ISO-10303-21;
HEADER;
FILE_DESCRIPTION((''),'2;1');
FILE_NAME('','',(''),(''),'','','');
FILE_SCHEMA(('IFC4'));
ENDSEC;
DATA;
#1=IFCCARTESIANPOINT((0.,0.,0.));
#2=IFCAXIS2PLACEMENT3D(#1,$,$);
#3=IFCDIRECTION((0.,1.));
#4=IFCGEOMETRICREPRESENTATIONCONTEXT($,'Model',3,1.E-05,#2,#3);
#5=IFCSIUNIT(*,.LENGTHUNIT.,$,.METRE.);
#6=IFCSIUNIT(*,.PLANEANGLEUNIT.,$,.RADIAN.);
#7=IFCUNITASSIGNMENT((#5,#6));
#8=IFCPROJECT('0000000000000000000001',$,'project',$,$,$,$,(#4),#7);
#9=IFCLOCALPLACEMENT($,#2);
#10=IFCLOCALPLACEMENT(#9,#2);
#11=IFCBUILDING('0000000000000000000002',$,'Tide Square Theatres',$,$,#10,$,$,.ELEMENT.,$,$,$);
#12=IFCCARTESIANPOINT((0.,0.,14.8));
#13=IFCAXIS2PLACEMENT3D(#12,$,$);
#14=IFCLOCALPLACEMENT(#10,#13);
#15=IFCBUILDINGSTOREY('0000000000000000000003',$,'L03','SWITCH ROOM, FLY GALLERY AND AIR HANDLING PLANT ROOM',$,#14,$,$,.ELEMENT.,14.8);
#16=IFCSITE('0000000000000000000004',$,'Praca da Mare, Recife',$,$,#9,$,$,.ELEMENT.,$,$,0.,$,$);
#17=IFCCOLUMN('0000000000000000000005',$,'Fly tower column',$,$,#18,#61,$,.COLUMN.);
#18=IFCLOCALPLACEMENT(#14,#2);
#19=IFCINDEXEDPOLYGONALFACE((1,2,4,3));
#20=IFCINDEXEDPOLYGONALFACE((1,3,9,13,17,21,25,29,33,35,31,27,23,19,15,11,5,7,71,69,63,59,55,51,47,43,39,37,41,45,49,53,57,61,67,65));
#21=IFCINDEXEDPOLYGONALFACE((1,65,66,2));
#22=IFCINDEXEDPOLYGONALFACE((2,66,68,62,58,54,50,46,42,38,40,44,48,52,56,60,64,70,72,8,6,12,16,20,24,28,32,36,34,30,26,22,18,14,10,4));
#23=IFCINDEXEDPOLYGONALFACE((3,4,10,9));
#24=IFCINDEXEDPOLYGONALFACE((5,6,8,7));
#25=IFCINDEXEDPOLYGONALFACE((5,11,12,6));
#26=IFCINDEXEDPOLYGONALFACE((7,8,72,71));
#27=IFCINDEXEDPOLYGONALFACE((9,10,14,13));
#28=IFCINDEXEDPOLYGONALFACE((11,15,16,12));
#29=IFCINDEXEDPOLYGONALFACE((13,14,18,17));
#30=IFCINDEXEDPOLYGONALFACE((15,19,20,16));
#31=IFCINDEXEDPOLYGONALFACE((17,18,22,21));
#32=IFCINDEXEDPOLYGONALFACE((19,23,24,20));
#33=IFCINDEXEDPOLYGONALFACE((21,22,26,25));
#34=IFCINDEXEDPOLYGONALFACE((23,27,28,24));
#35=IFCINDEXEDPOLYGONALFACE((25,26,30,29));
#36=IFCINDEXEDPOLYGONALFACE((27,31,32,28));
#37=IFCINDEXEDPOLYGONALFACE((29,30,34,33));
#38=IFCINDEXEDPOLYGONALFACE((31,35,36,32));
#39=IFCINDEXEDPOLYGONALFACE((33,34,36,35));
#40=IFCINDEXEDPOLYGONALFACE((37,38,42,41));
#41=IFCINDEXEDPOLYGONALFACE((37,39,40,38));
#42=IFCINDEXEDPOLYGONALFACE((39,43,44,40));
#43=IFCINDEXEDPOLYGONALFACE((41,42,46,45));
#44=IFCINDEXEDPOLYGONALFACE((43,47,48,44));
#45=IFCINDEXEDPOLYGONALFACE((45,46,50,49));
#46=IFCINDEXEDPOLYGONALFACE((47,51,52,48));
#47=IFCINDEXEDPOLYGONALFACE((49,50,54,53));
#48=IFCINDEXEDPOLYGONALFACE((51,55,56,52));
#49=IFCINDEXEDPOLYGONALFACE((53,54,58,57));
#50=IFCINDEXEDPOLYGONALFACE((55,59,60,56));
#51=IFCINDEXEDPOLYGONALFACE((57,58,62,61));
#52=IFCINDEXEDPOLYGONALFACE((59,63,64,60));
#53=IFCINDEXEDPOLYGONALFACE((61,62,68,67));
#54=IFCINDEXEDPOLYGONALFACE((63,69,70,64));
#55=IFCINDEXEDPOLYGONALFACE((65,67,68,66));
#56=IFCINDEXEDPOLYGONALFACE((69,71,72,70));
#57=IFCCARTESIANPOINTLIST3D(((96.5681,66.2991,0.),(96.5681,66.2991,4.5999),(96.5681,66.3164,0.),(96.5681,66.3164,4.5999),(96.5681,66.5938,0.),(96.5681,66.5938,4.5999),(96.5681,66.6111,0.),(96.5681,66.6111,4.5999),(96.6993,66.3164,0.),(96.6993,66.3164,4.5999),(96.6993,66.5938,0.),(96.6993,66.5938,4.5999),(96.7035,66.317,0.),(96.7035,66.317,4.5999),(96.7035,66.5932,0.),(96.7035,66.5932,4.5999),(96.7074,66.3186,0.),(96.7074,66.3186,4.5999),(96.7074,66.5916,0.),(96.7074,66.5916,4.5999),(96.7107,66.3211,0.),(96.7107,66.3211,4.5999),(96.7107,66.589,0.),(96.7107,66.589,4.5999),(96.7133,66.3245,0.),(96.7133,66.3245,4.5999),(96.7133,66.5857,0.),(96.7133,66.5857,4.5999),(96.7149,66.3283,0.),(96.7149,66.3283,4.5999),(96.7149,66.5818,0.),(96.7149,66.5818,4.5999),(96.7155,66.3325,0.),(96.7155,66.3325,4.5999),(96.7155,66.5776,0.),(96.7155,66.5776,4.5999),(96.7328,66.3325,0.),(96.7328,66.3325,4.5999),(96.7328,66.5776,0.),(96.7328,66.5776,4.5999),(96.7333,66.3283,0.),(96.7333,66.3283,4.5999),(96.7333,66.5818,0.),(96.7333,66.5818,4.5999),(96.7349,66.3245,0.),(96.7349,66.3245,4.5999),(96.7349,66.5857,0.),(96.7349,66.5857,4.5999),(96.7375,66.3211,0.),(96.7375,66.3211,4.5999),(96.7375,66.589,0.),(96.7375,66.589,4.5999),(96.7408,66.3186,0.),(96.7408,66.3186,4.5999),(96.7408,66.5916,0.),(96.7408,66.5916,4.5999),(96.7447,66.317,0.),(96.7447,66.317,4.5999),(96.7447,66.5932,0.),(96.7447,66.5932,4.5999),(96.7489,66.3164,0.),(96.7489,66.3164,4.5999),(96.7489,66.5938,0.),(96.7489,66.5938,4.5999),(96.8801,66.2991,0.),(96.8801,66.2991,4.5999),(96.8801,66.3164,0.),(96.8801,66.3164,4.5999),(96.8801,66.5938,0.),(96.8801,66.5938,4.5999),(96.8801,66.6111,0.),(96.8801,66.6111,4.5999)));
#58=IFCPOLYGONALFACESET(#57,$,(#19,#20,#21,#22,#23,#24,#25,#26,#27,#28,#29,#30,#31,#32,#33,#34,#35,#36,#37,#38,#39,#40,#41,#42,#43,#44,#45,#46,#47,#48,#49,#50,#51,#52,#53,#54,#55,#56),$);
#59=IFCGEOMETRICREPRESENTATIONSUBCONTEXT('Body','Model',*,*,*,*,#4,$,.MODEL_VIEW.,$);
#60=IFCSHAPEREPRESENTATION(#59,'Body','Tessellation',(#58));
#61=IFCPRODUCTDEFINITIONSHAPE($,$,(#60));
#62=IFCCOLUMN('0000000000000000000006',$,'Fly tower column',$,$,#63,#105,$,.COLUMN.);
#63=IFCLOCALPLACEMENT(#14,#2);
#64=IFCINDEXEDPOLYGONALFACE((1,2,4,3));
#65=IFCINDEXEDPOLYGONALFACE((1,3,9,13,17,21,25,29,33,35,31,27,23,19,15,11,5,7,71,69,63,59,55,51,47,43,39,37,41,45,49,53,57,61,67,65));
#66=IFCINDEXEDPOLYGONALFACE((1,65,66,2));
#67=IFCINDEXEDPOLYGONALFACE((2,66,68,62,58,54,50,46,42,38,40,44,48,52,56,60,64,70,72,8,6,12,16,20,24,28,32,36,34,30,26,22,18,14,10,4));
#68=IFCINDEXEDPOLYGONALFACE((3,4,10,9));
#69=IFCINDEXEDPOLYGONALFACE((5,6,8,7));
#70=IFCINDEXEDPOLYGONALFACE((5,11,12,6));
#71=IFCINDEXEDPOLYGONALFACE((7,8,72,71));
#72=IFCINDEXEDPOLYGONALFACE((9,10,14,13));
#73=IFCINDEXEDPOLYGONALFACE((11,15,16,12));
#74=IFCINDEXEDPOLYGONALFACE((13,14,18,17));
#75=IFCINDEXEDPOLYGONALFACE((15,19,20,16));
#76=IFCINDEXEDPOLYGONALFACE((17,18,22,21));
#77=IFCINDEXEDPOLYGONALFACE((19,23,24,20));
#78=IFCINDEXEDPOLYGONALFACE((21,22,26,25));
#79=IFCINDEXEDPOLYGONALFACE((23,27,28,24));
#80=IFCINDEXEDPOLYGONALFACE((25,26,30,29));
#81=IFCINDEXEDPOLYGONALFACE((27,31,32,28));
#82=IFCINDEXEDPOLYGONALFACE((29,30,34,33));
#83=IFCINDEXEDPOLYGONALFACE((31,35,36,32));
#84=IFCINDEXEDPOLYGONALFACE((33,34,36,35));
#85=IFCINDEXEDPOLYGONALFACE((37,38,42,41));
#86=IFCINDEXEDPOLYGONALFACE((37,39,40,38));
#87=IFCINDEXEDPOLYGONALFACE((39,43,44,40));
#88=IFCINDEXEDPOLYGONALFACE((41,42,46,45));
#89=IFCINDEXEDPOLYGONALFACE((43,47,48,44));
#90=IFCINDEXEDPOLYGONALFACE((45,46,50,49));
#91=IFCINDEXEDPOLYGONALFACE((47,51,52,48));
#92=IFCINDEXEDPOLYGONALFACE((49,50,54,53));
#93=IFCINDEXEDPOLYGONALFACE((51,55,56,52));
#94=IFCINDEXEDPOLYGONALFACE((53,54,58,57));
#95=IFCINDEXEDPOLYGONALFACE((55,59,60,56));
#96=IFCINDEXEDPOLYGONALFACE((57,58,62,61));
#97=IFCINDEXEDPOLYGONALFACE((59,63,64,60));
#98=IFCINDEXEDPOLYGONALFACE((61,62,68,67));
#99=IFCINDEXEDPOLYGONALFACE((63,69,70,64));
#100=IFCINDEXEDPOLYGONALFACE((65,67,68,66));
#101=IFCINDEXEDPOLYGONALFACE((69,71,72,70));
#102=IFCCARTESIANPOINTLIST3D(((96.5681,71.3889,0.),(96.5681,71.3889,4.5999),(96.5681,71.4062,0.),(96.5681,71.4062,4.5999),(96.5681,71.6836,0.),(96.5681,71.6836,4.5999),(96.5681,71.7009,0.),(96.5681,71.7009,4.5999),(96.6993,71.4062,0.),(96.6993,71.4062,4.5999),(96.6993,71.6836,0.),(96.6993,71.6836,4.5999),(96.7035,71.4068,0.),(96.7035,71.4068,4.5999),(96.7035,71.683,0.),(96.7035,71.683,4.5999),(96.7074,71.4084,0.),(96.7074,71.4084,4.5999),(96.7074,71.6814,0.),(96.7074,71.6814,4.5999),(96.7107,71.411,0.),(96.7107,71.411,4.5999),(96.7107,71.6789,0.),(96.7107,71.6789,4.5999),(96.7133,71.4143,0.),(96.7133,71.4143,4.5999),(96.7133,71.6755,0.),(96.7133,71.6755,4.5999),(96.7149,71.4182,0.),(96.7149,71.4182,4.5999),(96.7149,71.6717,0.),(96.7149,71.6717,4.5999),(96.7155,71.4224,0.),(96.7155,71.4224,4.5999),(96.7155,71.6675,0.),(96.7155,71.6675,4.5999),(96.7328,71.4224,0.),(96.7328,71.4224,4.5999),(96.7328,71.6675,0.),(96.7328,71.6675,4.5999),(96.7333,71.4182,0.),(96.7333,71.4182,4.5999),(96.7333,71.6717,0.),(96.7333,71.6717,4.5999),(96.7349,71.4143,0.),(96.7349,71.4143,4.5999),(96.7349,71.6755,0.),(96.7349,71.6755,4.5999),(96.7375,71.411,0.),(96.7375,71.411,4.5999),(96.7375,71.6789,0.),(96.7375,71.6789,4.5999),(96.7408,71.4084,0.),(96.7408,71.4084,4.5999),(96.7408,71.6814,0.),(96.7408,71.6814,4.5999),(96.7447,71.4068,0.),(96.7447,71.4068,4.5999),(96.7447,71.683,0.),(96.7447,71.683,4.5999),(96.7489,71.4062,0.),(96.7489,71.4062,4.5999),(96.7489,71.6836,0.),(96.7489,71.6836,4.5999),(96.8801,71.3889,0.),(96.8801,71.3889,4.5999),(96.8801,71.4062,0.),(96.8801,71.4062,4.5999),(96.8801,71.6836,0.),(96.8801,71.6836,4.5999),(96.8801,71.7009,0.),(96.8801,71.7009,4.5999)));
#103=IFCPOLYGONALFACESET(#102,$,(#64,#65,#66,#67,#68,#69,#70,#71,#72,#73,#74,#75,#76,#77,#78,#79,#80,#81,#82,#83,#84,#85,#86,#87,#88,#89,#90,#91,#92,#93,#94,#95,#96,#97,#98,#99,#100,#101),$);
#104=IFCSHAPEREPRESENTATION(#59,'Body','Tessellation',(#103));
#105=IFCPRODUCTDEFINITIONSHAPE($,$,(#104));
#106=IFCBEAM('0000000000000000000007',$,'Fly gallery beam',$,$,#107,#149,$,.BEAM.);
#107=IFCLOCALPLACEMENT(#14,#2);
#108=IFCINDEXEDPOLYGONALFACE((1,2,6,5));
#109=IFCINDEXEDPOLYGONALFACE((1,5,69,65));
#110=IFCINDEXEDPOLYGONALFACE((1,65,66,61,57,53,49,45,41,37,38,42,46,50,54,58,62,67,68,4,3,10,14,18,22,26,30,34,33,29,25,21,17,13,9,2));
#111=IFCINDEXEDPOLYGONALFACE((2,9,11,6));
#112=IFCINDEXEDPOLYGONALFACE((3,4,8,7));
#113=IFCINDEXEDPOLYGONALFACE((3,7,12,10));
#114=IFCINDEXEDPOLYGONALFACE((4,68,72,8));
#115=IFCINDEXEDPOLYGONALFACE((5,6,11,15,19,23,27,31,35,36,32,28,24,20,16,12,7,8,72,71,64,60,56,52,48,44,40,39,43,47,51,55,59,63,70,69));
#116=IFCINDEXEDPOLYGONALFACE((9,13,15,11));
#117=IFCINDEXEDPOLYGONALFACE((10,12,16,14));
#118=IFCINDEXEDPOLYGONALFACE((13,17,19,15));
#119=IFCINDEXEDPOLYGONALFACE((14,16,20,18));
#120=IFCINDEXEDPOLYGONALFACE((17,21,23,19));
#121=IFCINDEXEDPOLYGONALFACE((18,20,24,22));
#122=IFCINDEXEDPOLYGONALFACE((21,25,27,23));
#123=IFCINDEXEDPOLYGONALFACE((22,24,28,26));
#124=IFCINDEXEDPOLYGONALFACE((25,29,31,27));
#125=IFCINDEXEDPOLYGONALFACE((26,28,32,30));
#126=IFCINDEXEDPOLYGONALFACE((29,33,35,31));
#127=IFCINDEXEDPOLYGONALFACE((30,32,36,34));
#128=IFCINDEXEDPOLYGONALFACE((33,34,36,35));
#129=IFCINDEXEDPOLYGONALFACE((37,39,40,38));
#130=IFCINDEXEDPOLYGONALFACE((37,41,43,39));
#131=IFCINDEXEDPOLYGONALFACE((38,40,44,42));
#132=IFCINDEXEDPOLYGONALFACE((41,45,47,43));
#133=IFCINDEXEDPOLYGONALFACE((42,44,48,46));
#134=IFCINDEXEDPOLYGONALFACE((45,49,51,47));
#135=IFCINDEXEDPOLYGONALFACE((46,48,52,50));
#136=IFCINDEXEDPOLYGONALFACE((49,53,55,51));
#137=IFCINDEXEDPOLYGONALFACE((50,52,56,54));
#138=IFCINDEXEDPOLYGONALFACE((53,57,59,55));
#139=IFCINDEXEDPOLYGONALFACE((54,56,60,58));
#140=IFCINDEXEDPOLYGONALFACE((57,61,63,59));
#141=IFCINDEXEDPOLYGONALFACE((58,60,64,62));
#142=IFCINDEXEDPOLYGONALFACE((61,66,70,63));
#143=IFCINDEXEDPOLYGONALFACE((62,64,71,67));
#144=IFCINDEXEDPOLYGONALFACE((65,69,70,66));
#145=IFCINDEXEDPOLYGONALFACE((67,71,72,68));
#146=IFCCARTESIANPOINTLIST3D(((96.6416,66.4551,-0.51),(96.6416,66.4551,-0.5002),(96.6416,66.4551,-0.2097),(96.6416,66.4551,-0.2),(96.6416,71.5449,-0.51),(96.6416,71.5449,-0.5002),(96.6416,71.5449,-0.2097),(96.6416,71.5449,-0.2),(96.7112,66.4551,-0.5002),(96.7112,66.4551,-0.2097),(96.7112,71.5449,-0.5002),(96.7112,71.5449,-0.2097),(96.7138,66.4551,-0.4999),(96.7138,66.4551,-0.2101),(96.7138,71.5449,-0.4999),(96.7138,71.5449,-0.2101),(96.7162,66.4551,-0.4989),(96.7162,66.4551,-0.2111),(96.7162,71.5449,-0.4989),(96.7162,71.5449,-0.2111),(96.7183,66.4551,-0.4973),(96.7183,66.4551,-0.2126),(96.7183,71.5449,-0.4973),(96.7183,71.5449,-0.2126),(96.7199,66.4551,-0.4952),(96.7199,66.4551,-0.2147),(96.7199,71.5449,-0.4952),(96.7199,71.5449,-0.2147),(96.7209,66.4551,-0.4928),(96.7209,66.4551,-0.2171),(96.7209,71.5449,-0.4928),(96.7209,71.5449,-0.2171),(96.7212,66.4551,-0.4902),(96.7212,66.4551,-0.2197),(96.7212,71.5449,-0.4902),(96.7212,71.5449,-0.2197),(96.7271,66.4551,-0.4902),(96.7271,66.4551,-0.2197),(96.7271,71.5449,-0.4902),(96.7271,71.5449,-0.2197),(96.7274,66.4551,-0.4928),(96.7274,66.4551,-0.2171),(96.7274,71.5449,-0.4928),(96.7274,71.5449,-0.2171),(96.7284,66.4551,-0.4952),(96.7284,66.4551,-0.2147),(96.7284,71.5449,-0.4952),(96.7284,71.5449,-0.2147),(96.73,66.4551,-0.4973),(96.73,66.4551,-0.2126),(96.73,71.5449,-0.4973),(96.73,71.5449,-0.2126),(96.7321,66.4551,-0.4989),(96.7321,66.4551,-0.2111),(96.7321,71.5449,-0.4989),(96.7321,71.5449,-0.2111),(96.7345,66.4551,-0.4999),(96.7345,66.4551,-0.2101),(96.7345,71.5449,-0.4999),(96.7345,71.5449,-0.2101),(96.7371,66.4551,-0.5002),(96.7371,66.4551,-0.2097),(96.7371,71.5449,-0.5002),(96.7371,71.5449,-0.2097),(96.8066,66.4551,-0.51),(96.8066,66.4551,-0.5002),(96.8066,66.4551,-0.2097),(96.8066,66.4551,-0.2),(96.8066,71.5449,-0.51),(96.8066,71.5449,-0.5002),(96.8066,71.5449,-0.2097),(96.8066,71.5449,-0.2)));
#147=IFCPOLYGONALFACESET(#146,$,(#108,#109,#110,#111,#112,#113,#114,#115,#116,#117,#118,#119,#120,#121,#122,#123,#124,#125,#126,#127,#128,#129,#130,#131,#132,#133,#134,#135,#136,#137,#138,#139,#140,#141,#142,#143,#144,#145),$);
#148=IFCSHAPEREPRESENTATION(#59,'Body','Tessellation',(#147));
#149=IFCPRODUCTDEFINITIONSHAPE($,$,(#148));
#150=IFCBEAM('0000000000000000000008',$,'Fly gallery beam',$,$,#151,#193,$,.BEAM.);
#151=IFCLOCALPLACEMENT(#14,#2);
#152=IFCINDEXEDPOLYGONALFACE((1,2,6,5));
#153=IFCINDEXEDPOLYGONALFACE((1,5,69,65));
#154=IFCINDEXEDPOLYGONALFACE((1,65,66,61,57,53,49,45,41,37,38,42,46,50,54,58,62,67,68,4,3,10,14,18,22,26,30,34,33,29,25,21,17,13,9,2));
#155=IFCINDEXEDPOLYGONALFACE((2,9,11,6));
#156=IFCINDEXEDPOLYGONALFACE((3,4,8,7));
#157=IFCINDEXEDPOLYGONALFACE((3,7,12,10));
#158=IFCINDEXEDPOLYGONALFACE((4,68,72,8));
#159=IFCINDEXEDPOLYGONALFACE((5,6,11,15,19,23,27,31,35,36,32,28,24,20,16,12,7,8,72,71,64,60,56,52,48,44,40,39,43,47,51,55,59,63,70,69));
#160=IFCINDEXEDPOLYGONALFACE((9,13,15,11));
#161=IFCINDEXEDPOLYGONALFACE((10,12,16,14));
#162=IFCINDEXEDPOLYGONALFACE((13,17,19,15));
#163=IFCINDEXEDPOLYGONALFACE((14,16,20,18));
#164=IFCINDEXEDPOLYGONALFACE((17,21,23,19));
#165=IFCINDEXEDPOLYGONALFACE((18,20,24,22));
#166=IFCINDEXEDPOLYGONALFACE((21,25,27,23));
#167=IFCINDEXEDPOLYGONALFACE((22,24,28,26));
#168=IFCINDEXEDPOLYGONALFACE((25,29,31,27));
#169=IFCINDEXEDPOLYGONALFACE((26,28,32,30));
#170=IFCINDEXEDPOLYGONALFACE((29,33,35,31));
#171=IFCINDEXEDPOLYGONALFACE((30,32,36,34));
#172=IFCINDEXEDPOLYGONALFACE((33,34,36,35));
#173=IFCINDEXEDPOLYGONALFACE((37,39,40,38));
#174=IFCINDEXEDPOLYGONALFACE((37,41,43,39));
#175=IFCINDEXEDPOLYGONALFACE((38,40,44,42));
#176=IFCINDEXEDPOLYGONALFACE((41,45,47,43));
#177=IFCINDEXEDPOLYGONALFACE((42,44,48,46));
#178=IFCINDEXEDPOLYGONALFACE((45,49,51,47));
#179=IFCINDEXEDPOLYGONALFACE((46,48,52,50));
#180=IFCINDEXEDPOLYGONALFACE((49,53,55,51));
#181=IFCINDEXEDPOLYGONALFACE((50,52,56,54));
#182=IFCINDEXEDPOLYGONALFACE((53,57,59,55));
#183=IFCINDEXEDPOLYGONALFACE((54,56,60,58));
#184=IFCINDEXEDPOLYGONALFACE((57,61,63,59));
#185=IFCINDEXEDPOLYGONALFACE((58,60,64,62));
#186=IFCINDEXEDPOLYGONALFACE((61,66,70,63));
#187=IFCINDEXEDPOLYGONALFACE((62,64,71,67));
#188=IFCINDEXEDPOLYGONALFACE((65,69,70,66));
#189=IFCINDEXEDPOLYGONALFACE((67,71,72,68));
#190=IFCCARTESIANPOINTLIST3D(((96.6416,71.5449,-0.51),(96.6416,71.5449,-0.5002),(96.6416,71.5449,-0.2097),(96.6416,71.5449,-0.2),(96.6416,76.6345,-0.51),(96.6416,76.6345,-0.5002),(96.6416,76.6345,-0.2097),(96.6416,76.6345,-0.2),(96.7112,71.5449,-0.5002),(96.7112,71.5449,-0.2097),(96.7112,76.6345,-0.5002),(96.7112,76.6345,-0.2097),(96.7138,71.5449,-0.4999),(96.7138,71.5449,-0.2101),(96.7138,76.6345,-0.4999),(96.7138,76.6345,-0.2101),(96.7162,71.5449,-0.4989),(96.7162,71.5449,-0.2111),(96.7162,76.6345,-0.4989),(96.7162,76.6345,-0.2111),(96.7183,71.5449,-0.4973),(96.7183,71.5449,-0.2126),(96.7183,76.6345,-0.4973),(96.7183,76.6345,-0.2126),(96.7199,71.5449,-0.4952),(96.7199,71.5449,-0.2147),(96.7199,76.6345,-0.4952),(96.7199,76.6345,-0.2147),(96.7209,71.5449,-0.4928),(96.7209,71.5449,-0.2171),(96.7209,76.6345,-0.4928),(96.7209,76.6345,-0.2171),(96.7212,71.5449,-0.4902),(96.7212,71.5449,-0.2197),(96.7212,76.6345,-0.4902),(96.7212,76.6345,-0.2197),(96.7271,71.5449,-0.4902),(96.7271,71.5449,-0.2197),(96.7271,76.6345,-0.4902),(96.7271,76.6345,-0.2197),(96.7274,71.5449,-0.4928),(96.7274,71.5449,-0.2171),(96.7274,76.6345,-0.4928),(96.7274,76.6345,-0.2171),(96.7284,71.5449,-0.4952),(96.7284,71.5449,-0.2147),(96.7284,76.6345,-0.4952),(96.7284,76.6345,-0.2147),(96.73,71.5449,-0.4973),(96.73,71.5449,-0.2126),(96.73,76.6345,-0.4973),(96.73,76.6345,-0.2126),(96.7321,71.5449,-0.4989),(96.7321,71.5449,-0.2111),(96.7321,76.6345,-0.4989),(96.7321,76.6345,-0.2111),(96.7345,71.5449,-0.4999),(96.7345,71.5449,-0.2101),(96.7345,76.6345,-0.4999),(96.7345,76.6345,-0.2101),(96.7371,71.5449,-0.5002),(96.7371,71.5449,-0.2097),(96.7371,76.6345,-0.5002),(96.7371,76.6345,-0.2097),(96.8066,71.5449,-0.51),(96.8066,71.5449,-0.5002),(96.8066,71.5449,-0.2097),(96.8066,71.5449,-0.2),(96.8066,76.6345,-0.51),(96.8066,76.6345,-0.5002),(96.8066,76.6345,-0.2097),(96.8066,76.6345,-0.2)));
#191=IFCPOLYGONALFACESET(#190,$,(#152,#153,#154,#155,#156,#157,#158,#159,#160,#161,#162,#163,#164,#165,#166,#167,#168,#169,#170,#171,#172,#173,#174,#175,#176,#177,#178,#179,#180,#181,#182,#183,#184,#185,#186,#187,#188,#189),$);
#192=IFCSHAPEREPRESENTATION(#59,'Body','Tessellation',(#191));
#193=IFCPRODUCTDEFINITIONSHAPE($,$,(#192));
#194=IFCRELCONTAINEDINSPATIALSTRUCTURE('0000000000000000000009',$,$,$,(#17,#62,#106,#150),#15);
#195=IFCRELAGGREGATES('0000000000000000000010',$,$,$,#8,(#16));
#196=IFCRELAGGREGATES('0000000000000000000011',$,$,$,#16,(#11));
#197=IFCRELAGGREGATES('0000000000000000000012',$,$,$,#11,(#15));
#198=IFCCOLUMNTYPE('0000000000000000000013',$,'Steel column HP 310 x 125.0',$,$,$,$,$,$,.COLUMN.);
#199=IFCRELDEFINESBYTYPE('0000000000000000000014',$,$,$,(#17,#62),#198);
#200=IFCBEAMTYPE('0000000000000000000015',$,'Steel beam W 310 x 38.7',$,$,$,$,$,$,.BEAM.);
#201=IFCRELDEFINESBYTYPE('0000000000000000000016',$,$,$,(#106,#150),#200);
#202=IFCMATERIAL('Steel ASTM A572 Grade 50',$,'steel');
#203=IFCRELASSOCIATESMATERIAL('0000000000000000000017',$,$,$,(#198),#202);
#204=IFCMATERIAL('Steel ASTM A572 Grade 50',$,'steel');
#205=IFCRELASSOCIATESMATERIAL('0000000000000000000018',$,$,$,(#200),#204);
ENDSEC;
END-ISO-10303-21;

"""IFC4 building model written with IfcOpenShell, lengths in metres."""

from ifc_helpers import new_model, si_unit, direction, frame, origin, origin_2d, place, context, subcontext, project, spatial, i_section, extrude, material, material_profile, profile_set, type_object, element, save


model = new_model("IFC4")

# Units and contexts
model_context = context("Model", 3, precision=1e-05, world=origin(), true_north=direction((0.0, 1.0)))
body_context = subcontext(model_context, "Body", "Model", "MODEL_VIEW")
ifc_project = project(units=[si_unit("LENGTHUNIT", "METRE"), si_unit("PLANEANGLEUNIT", "RADIAN")], contexts=[model_context])

# Site, building, storey
site_placement = place(None, origin())
site = spatial("IfcSite", under=ifc_project, at=site_placement, Name="Praca da Mare, Recife", CompositionType="ELEMENT", RefElevation=0.0)
building_placement = place(site_placement, origin())
building = spatial("IfcBuilding", under=site, at=building_placement, Name="Tide Square Theatres", CompositionType="ELEMENT")
storey_placement = place(building_placement, frame((0.0, 0.0, 14.8)))
storey = spatial("IfcBuildingStorey", under=building, at=storey_placement, Name="L03", Description="SWITCH ROOM, FLY GALLERY AND AIR HANDLING PLANT ROOM", CompositionType="ELEMENT", Elevation=14.8)

# Columns
ifc_material_1 = material(Name="Steel ASTM A572 Grade 50", Category="steel")
ifc_material_profile_1 = material_profile(ifc_material_1, i_section(OverallWidth=0.312, OverallDepth=0.312, WebThickness=0.0173, FlangeThickness=0.0173, FilletRadius=0.0161, at=origin_2d()))
ifc_profile_set_1 = profile_set([ifc_material_profile_1], Name="Steel ASTM A572 Grade 50")
column_type = type_object("IfcColumnType", Name="Steel column HP 310 x 125.0", PredefinedType="COLUMN", material=ifc_profile_set_1)
for number, where, z_axis, x_axis, name in (
    (1, (96.7241, 66.4551, 0.0), (0.0, 0.0, 1.0), (1.0, 0.0, 0.0), "Fly tower column"),
    (2, (96.7241, 71.5449, 0.0), (0.0, 0.0, 1.0), (1.0, 0.0, 0.0), "Fly tower column"),
):
    element("IfcColumn", number, at=place(storey_placement, frame(where, z_axis=z_axis, x_axis=x_axis)), inside=storey, type_object=column_type, Name=name, PredefinedType="COLUMN", context=body_context, shape_type="SweptSolid", body=[
        extrude(i_section(OverallWidth=0.312, OverallDepth=0.312, WebThickness=0.0173, FlangeThickness=0.0173, FilletRadius=0.0161, at=origin_2d()), origin(), (0.0, 0.0, 1.0), 4.5999),
    ])

# Beams
ifc_material_2 = material(Name="Steel ASTM A572 Grade 50", Category="steel")
ifc_material_profile_2 = material_profile(ifc_material_2, i_section(OverallWidth=0.165, OverallDepth=0.3101, WebThickness=0.0059, FlangeThickness=0.0098, FilletRadius=0.01, at=origin_2d()))
ifc_profile_set_2 = profile_set([ifc_material_profile_2], Name="Steel ASTM A572 Grade 50")
beam_type = type_object("IfcBeamType", Name="Steel beam W 310 x 38.7", PredefinedType="BEAM", material=ifc_profile_set_2)
beam_1_placement = place(storey_placement, frame((96.7241, 66.4551, -0.355), z_axis=(0.0, 1.0, 0.0), x_axis=(-1.0, 0.0, 0.0)))
element("IfcBeam", 3, at=beam_1_placement, inside=storey, type_object=beam_type, Name="Fly gallery beam", PredefinedType="BEAM", context=body_context, shape_type="SweptSolid", body=[
    extrude(i_section(OverallWidth=0.165, OverallDepth=0.3101, WebThickness=0.0059, FlangeThickness=0.0098, FilletRadius=0.01, at=origin_2d()), origin(), (0.0, 0.0, 1.0), 5.0898),
])
beam_2_placement = place(storey_placement, frame((96.7241, 71.5449, -0.355), z_axis=(0.0, 1.0, 0.0), x_axis=(-1.0, 0.0, 0.0)))
element("IfcBeam", 4, at=beam_2_placement, inside=storey, type_object=beam_type, Name="Fly gallery beam", PredefinedType="BEAM", context=body_context, shape_type="SweptSolid", body=[
    extrude(i_section(OverallWidth=0.165, OverallDepth=0.3101, WebThickness=0.0059, FlangeThickness=0.0098, FilletRadius=0.01, at=origin_2d()), origin(), (0.0, 0.0, 1.0), 5.0896),
])

save(model, "model.ifc")
